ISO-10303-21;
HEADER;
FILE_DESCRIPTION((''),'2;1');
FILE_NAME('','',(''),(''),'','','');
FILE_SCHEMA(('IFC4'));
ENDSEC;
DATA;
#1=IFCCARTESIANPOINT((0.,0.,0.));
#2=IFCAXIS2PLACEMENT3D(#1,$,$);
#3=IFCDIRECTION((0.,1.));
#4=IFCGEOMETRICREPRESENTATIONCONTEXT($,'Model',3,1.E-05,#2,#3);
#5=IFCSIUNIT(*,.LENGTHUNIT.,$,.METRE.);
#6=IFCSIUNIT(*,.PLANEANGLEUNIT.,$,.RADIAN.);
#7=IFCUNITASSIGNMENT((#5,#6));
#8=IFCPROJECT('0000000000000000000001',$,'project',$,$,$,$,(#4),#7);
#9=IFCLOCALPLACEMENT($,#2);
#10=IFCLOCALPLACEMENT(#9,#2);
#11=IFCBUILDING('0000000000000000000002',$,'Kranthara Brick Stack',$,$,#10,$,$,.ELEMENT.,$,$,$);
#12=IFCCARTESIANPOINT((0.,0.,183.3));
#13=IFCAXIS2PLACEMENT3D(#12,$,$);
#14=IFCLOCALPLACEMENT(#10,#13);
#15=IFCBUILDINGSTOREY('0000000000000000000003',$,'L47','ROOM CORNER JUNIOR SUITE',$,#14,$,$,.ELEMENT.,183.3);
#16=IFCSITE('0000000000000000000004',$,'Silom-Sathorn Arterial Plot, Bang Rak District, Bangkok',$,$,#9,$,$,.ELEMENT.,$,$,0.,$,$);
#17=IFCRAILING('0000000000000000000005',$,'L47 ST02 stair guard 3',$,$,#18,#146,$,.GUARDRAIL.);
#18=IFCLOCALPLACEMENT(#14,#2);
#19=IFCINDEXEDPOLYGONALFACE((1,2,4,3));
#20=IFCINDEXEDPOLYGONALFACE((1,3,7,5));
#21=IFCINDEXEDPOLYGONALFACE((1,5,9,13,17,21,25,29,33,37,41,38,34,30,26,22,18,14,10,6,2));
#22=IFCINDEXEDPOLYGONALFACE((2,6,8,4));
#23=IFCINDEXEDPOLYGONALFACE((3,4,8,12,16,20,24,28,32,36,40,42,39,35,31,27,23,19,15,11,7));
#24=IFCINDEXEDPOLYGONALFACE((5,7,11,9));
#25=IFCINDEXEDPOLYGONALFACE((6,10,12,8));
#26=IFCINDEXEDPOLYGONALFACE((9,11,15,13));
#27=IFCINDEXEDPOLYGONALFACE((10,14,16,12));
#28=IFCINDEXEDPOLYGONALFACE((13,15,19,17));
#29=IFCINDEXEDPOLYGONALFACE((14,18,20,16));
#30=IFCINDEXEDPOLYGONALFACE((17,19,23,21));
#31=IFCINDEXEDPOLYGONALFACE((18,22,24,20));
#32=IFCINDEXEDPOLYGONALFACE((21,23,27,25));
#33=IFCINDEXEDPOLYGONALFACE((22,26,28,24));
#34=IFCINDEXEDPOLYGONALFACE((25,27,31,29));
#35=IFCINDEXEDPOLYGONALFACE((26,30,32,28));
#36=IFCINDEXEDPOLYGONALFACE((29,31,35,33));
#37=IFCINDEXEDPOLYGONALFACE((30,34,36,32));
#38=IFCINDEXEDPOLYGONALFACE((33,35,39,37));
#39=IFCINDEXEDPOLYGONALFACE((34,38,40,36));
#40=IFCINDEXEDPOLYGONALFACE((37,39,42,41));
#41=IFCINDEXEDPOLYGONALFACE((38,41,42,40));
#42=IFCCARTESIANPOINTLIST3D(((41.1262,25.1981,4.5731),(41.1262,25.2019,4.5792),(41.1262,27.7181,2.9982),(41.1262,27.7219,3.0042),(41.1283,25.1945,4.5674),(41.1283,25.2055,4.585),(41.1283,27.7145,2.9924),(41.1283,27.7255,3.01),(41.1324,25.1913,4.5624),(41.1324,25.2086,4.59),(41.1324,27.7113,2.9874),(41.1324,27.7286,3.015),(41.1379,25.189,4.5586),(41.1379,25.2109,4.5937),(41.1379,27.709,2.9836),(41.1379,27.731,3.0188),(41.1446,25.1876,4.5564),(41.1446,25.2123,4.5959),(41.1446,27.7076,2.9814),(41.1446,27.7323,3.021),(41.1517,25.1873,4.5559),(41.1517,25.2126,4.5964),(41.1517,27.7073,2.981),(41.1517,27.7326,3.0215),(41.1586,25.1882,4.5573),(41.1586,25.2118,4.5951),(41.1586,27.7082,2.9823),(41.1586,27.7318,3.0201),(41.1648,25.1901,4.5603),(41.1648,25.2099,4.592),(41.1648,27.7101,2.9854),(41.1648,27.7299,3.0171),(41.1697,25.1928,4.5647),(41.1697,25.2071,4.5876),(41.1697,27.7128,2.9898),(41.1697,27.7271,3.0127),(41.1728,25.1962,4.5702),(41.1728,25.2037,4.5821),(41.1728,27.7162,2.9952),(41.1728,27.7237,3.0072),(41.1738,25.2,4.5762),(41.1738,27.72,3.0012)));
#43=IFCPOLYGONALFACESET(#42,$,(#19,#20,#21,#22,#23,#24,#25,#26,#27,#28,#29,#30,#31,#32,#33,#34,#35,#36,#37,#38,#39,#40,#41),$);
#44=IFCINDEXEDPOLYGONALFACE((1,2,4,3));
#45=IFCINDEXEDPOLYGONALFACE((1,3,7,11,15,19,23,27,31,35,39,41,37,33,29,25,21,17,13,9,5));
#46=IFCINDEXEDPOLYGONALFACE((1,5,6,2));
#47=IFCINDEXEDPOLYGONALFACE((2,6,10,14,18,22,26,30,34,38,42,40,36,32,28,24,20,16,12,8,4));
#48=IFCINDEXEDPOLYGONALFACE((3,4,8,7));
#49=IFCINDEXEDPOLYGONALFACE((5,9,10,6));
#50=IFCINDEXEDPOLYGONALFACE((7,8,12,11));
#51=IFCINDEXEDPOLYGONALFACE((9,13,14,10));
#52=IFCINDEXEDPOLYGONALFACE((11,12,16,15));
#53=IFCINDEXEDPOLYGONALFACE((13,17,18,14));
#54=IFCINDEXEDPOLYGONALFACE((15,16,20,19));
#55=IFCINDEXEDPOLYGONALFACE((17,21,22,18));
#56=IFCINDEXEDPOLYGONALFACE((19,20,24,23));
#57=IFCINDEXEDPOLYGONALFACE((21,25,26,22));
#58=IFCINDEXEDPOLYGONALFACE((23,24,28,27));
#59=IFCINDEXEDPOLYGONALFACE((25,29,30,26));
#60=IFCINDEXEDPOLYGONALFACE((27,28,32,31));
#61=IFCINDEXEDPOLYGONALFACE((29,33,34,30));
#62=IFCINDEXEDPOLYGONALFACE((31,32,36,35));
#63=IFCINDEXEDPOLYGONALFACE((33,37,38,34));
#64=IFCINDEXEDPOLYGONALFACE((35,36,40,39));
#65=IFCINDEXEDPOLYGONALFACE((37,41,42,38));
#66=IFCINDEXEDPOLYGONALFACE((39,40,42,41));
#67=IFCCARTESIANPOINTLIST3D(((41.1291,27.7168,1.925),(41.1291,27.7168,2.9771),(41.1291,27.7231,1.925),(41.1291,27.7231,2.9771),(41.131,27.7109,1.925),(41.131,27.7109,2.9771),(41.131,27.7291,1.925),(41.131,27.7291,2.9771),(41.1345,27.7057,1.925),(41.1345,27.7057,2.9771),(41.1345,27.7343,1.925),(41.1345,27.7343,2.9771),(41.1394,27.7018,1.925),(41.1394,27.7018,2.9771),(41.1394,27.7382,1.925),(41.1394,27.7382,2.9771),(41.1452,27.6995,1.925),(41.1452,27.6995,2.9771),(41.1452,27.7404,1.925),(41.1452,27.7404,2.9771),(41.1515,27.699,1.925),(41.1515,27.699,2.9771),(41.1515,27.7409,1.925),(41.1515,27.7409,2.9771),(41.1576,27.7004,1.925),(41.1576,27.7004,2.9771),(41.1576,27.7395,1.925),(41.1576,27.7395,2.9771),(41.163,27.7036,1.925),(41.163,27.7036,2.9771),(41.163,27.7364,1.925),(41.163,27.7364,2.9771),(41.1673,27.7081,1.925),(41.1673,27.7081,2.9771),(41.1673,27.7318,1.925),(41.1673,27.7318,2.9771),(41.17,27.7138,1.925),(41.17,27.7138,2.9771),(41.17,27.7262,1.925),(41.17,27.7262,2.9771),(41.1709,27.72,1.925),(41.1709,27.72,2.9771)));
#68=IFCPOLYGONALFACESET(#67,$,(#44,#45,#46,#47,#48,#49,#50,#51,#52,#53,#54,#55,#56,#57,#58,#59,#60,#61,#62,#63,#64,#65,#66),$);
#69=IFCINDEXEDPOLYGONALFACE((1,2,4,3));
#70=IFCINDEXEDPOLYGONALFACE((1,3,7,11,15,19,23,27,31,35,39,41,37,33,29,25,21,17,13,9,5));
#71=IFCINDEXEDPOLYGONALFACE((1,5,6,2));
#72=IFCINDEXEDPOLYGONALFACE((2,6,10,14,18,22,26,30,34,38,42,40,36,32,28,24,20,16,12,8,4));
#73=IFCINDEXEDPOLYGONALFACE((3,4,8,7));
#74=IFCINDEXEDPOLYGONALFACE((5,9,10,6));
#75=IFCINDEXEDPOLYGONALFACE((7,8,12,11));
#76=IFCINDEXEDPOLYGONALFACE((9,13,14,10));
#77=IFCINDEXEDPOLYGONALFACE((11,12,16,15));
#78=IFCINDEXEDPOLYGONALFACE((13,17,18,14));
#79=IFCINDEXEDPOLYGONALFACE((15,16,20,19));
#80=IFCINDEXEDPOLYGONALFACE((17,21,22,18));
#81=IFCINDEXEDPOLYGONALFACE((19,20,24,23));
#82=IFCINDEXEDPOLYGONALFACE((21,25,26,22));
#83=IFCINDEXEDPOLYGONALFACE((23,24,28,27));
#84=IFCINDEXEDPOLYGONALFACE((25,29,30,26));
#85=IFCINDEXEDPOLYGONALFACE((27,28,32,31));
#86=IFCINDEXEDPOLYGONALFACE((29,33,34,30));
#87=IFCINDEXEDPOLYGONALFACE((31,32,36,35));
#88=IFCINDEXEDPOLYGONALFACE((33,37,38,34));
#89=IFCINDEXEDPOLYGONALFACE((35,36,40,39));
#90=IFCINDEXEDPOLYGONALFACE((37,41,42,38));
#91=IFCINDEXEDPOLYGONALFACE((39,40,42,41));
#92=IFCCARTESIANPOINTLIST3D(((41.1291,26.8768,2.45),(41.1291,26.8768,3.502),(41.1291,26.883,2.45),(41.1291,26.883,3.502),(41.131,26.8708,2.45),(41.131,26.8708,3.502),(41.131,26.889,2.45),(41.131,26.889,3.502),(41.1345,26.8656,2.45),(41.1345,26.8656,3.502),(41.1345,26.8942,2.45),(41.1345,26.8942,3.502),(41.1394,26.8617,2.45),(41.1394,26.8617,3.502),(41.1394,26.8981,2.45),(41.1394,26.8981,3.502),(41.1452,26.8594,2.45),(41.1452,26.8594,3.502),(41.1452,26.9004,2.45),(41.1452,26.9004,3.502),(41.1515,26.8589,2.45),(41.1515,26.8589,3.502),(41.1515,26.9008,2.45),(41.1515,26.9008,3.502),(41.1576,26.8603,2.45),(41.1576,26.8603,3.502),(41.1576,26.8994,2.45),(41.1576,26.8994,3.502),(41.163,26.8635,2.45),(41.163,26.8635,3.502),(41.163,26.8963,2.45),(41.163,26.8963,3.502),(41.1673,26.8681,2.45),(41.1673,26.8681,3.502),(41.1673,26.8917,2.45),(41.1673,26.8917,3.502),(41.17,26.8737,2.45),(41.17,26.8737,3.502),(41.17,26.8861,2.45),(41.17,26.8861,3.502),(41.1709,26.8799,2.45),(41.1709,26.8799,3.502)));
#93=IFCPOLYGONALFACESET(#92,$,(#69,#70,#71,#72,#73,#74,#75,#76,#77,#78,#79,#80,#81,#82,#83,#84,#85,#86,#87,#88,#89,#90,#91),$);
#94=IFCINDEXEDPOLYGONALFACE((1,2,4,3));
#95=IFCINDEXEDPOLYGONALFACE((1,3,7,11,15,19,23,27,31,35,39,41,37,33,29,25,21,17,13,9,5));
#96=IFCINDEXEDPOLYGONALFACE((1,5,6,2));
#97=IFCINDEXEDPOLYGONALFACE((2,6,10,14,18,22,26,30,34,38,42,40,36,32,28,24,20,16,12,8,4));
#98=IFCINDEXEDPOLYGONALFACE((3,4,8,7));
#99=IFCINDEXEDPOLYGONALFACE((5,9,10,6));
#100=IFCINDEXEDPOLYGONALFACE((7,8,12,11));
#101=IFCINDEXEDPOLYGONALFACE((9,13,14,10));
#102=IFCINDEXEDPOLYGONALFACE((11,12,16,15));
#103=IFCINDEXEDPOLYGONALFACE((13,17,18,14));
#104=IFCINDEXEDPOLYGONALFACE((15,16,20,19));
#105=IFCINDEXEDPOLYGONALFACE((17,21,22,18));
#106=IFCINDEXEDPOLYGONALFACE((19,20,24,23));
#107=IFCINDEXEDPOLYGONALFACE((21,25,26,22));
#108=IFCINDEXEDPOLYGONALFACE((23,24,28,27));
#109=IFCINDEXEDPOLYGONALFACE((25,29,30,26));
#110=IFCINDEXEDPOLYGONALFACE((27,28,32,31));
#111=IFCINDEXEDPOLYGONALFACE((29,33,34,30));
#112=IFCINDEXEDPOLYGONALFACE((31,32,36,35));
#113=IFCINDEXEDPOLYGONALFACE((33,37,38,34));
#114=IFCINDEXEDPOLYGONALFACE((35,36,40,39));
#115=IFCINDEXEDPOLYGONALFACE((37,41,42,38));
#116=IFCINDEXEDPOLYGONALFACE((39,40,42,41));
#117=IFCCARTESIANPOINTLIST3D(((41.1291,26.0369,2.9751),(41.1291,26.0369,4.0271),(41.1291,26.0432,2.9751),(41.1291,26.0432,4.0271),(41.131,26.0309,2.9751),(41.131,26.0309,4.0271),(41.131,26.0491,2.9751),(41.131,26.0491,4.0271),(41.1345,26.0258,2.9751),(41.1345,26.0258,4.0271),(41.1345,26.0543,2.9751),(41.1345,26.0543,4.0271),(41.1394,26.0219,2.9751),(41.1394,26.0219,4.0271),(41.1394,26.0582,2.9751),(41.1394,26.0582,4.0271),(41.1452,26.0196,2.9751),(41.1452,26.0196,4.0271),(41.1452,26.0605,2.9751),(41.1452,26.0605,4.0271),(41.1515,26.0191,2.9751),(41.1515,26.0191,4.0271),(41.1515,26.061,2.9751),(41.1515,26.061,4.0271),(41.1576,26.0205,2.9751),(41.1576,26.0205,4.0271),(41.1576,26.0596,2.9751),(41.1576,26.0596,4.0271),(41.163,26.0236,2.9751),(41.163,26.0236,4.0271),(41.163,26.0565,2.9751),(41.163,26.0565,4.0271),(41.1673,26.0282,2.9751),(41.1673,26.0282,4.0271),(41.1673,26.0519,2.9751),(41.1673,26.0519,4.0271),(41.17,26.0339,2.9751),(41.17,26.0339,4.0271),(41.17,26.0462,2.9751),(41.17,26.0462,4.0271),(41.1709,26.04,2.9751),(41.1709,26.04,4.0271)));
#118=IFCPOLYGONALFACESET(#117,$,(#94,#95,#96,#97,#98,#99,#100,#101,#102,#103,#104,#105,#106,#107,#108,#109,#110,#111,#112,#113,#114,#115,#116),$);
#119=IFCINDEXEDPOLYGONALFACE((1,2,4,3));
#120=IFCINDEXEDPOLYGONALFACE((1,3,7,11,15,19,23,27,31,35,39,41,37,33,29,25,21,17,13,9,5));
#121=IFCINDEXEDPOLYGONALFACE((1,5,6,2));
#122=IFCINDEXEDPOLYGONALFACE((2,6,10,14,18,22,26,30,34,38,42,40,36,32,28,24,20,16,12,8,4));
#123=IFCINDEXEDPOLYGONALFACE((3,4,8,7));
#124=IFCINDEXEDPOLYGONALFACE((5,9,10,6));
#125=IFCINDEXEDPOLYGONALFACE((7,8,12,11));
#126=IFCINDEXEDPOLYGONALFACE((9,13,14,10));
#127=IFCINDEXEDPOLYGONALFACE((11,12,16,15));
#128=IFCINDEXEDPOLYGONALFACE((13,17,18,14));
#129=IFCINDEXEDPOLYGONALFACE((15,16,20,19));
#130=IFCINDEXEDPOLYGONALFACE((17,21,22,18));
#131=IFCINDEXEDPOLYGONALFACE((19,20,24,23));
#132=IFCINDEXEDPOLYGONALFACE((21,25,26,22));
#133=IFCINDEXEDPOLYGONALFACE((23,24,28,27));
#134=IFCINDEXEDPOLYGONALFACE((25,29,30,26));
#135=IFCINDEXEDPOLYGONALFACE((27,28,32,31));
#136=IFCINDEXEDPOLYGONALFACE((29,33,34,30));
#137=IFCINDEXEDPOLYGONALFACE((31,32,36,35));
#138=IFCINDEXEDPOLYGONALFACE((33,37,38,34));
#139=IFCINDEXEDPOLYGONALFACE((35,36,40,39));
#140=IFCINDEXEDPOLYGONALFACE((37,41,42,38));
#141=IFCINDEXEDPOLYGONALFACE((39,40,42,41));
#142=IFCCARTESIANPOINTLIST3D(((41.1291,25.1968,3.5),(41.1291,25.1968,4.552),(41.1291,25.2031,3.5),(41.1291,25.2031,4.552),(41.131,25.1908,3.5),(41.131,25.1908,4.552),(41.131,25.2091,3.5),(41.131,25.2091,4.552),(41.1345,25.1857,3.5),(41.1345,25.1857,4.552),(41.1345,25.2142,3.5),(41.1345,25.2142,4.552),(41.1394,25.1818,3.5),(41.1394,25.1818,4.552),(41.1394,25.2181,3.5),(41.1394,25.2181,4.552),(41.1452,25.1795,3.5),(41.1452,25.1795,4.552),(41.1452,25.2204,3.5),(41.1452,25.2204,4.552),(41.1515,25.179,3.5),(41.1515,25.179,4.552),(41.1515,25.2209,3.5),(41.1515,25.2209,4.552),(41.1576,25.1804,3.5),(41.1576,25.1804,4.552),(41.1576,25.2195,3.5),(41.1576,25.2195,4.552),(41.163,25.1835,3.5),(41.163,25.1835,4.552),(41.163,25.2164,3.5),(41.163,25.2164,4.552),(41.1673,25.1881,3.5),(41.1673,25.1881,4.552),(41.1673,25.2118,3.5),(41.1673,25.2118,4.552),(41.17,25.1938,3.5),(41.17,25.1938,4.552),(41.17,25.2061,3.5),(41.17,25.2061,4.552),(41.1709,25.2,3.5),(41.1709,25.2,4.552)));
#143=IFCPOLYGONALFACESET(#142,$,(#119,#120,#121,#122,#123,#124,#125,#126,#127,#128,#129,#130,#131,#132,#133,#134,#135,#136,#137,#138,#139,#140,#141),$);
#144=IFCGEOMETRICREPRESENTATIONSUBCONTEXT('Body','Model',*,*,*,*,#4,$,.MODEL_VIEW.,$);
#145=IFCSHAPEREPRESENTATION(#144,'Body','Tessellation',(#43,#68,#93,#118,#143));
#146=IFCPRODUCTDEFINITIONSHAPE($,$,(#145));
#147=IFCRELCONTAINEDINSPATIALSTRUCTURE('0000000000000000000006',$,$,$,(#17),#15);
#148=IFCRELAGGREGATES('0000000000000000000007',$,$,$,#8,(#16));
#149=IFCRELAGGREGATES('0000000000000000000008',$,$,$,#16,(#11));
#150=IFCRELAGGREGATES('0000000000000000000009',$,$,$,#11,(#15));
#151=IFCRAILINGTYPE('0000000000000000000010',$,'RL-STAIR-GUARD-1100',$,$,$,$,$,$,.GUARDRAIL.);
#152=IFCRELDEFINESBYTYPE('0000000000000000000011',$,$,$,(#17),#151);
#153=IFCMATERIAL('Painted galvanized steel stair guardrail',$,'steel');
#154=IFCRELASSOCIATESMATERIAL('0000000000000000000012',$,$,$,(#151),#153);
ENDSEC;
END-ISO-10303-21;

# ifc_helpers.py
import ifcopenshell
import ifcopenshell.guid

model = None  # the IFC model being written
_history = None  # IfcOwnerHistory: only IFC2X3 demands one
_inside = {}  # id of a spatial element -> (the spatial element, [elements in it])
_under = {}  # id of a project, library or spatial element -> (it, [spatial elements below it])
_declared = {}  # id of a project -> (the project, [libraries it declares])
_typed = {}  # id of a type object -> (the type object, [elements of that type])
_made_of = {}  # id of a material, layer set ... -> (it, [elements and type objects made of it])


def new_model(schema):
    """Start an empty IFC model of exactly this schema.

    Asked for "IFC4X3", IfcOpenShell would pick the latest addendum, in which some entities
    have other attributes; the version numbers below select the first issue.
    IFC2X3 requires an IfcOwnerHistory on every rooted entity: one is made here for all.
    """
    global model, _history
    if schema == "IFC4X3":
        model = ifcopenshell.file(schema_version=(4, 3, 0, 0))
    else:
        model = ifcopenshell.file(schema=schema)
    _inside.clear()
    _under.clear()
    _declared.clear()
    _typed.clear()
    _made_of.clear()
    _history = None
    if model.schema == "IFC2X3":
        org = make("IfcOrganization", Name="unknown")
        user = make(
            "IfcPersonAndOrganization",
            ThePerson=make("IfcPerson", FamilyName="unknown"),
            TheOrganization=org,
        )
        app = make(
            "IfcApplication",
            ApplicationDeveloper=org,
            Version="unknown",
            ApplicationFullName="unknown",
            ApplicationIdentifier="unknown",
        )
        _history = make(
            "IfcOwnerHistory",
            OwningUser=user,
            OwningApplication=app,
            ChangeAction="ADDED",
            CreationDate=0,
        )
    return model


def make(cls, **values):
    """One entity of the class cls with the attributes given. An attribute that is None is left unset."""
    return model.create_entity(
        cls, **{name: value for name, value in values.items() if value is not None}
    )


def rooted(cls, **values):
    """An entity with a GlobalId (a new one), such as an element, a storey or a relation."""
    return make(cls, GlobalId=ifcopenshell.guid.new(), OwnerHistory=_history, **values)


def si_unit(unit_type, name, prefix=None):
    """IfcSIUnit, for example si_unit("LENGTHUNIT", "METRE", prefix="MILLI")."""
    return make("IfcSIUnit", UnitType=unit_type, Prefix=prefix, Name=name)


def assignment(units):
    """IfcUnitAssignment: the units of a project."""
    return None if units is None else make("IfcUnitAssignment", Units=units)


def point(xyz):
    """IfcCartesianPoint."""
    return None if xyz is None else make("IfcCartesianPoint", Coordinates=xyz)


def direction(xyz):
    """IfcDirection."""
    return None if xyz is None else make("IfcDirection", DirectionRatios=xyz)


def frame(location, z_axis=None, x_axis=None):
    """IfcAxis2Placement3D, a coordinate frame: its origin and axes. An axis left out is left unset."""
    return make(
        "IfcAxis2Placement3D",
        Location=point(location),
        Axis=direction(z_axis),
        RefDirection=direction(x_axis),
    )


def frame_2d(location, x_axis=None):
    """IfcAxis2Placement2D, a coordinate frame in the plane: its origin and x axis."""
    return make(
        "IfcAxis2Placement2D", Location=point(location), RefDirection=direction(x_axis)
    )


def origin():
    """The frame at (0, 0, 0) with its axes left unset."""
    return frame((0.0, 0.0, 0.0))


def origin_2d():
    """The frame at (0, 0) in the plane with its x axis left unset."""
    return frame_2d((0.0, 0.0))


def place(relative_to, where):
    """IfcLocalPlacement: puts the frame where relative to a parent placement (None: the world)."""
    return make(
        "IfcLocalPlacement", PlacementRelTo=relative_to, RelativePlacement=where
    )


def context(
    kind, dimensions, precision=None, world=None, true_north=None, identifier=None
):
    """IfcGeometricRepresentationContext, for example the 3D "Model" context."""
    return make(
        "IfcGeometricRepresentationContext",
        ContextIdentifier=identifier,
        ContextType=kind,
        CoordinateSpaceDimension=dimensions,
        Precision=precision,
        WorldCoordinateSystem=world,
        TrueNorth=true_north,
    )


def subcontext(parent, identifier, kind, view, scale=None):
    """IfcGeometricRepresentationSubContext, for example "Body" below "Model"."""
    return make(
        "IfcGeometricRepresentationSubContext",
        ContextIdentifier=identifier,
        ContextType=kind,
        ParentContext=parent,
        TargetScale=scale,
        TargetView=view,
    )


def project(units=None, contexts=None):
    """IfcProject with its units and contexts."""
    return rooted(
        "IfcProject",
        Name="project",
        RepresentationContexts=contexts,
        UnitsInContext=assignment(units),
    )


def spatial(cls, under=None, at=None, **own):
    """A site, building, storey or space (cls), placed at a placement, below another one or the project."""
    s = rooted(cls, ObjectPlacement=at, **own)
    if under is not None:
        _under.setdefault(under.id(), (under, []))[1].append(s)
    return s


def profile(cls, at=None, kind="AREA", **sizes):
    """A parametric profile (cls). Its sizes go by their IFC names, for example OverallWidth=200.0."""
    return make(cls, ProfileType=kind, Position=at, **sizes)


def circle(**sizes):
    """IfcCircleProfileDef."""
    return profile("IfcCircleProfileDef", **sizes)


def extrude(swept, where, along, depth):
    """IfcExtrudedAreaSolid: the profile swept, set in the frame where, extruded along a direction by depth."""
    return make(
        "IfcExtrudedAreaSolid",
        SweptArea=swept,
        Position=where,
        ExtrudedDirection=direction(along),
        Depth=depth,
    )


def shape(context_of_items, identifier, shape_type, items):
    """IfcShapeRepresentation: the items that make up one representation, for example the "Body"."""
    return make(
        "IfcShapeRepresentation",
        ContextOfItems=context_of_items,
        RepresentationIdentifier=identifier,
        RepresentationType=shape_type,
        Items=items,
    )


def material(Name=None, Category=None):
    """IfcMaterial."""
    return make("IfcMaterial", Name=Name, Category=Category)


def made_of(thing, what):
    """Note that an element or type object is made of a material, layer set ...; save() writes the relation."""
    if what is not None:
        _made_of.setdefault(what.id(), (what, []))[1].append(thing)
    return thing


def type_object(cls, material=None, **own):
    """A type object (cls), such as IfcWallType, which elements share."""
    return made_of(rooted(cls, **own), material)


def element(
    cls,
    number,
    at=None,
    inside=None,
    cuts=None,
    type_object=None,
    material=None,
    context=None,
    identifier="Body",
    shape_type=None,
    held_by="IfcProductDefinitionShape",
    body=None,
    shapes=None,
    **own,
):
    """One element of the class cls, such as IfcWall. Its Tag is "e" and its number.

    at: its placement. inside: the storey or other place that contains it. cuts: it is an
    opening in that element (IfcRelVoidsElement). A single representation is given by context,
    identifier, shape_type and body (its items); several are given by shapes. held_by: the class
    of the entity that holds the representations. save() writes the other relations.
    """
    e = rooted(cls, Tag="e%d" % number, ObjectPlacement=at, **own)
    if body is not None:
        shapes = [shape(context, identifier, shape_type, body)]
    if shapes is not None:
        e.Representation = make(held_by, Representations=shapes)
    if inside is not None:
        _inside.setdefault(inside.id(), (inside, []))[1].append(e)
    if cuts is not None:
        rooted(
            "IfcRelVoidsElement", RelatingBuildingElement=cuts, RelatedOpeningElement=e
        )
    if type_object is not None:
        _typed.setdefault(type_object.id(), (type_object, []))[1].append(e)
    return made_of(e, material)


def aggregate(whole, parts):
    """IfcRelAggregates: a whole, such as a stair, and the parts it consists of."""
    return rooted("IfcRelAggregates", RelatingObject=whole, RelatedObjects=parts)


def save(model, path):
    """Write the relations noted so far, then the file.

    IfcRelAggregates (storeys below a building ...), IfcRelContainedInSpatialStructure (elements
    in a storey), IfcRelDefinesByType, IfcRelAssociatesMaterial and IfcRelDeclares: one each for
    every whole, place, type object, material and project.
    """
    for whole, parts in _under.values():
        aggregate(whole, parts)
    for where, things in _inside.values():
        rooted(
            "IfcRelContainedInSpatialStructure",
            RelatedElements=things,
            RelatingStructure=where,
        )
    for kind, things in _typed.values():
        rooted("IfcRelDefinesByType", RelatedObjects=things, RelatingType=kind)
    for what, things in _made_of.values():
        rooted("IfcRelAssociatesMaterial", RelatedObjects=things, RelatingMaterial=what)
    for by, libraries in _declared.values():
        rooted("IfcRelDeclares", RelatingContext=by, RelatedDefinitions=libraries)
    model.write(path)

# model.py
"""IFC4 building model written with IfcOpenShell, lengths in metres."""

from ifc_helpers import new_model, si_unit, direction, frame, origin, origin_2d, place, context, subcontext, project, spatial, circle, extrude, material, type_object, element, save


model = new_model("IFC4")

# Units and contexts
model_context = context("Model", 3, precision=1e-05, world=origin(), true_north=direction((0.0, 1.0)))
body_context = subcontext(model_context, "Body", "Model", "MODEL_VIEW")
ifc_project = project(units=[si_unit("LENGTHUNIT", "METRE"), si_unit("PLANEANGLEUNIT", "RADIAN")], contexts=[model_context])

# Site, building, storey
site_placement = place(None, origin())
site = spatial("IfcSite", under=ifc_project, at=site_placement, Name="Silom-Sathorn Arterial Plot, Bang Rak District, Bangkok", CompositionType="ELEMENT", RefElevation=0.0)
building_placement = place(site_placement, origin())
building = spatial("IfcBuilding", under=site, at=building_placement, Name="Kranthara Brick Stack", CompositionType="ELEMENT")
storey_placement = place(building_placement, frame((0.0, 0.0, 183.3)))
storey = spatial("IfcBuildingStorey", under=building, at=storey_placement, Name="L47", Description="ROOM CORNER JUNIOR SUITE", CompositionType="ELEMENT", Elevation=183.3)

# Railing
ifc_material_1 = material(Name="Painted galvanized steel stair guardrail", Category="steel")
railing_type_1 = type_object("IfcRailingType", Name="RL-STAIR-GUARD-1100", PredefinedType="GUARDRAIL", material=ifc_material_1)
railing_1_placement = place(storey_placement, frame((41.1499, 27.72, 1.925)))
element("IfcRailing", 1, at=railing_1_placement, inside=storey, type_object=railing_type_1, Name="L47 ST02 stair guard 3", PredefinedType="GUARDRAIL", context=body_context, shape_type="SweptSolid", body=[
    extrude(circle(Radius=0.0239, at=origin_2d()), frame((0.0, 0.0, 1.0762), z_axis=(0.0, -0.848008, 0.529984), x_axis=(1.0, 0.0, 0.0)), (0.0, 0.0, 1.0), 2.9717),
    extrude(circle(Radius=0.021, at=origin_2d()), origin(), (0.0, 0.0, 1.0), 1.052),
    extrude(circle(Radius=0.021, at=origin_2d()), frame((0.0, -0.8401, 0.5249)), (0.0, 0.0, 1.0), 1.052),
    extrude(circle(Radius=0.021, at=origin_2d()), frame((0.0, -1.6799, 1.05)), (0.0, 0.0, 1.0), 1.052),
    extrude(circle(Radius=0.021, at=origin_2d()), frame((0.0, -2.52, 1.575)), (0.0, 0.0, 1.0), 1.052),
])

save(model, "model.ifc")
